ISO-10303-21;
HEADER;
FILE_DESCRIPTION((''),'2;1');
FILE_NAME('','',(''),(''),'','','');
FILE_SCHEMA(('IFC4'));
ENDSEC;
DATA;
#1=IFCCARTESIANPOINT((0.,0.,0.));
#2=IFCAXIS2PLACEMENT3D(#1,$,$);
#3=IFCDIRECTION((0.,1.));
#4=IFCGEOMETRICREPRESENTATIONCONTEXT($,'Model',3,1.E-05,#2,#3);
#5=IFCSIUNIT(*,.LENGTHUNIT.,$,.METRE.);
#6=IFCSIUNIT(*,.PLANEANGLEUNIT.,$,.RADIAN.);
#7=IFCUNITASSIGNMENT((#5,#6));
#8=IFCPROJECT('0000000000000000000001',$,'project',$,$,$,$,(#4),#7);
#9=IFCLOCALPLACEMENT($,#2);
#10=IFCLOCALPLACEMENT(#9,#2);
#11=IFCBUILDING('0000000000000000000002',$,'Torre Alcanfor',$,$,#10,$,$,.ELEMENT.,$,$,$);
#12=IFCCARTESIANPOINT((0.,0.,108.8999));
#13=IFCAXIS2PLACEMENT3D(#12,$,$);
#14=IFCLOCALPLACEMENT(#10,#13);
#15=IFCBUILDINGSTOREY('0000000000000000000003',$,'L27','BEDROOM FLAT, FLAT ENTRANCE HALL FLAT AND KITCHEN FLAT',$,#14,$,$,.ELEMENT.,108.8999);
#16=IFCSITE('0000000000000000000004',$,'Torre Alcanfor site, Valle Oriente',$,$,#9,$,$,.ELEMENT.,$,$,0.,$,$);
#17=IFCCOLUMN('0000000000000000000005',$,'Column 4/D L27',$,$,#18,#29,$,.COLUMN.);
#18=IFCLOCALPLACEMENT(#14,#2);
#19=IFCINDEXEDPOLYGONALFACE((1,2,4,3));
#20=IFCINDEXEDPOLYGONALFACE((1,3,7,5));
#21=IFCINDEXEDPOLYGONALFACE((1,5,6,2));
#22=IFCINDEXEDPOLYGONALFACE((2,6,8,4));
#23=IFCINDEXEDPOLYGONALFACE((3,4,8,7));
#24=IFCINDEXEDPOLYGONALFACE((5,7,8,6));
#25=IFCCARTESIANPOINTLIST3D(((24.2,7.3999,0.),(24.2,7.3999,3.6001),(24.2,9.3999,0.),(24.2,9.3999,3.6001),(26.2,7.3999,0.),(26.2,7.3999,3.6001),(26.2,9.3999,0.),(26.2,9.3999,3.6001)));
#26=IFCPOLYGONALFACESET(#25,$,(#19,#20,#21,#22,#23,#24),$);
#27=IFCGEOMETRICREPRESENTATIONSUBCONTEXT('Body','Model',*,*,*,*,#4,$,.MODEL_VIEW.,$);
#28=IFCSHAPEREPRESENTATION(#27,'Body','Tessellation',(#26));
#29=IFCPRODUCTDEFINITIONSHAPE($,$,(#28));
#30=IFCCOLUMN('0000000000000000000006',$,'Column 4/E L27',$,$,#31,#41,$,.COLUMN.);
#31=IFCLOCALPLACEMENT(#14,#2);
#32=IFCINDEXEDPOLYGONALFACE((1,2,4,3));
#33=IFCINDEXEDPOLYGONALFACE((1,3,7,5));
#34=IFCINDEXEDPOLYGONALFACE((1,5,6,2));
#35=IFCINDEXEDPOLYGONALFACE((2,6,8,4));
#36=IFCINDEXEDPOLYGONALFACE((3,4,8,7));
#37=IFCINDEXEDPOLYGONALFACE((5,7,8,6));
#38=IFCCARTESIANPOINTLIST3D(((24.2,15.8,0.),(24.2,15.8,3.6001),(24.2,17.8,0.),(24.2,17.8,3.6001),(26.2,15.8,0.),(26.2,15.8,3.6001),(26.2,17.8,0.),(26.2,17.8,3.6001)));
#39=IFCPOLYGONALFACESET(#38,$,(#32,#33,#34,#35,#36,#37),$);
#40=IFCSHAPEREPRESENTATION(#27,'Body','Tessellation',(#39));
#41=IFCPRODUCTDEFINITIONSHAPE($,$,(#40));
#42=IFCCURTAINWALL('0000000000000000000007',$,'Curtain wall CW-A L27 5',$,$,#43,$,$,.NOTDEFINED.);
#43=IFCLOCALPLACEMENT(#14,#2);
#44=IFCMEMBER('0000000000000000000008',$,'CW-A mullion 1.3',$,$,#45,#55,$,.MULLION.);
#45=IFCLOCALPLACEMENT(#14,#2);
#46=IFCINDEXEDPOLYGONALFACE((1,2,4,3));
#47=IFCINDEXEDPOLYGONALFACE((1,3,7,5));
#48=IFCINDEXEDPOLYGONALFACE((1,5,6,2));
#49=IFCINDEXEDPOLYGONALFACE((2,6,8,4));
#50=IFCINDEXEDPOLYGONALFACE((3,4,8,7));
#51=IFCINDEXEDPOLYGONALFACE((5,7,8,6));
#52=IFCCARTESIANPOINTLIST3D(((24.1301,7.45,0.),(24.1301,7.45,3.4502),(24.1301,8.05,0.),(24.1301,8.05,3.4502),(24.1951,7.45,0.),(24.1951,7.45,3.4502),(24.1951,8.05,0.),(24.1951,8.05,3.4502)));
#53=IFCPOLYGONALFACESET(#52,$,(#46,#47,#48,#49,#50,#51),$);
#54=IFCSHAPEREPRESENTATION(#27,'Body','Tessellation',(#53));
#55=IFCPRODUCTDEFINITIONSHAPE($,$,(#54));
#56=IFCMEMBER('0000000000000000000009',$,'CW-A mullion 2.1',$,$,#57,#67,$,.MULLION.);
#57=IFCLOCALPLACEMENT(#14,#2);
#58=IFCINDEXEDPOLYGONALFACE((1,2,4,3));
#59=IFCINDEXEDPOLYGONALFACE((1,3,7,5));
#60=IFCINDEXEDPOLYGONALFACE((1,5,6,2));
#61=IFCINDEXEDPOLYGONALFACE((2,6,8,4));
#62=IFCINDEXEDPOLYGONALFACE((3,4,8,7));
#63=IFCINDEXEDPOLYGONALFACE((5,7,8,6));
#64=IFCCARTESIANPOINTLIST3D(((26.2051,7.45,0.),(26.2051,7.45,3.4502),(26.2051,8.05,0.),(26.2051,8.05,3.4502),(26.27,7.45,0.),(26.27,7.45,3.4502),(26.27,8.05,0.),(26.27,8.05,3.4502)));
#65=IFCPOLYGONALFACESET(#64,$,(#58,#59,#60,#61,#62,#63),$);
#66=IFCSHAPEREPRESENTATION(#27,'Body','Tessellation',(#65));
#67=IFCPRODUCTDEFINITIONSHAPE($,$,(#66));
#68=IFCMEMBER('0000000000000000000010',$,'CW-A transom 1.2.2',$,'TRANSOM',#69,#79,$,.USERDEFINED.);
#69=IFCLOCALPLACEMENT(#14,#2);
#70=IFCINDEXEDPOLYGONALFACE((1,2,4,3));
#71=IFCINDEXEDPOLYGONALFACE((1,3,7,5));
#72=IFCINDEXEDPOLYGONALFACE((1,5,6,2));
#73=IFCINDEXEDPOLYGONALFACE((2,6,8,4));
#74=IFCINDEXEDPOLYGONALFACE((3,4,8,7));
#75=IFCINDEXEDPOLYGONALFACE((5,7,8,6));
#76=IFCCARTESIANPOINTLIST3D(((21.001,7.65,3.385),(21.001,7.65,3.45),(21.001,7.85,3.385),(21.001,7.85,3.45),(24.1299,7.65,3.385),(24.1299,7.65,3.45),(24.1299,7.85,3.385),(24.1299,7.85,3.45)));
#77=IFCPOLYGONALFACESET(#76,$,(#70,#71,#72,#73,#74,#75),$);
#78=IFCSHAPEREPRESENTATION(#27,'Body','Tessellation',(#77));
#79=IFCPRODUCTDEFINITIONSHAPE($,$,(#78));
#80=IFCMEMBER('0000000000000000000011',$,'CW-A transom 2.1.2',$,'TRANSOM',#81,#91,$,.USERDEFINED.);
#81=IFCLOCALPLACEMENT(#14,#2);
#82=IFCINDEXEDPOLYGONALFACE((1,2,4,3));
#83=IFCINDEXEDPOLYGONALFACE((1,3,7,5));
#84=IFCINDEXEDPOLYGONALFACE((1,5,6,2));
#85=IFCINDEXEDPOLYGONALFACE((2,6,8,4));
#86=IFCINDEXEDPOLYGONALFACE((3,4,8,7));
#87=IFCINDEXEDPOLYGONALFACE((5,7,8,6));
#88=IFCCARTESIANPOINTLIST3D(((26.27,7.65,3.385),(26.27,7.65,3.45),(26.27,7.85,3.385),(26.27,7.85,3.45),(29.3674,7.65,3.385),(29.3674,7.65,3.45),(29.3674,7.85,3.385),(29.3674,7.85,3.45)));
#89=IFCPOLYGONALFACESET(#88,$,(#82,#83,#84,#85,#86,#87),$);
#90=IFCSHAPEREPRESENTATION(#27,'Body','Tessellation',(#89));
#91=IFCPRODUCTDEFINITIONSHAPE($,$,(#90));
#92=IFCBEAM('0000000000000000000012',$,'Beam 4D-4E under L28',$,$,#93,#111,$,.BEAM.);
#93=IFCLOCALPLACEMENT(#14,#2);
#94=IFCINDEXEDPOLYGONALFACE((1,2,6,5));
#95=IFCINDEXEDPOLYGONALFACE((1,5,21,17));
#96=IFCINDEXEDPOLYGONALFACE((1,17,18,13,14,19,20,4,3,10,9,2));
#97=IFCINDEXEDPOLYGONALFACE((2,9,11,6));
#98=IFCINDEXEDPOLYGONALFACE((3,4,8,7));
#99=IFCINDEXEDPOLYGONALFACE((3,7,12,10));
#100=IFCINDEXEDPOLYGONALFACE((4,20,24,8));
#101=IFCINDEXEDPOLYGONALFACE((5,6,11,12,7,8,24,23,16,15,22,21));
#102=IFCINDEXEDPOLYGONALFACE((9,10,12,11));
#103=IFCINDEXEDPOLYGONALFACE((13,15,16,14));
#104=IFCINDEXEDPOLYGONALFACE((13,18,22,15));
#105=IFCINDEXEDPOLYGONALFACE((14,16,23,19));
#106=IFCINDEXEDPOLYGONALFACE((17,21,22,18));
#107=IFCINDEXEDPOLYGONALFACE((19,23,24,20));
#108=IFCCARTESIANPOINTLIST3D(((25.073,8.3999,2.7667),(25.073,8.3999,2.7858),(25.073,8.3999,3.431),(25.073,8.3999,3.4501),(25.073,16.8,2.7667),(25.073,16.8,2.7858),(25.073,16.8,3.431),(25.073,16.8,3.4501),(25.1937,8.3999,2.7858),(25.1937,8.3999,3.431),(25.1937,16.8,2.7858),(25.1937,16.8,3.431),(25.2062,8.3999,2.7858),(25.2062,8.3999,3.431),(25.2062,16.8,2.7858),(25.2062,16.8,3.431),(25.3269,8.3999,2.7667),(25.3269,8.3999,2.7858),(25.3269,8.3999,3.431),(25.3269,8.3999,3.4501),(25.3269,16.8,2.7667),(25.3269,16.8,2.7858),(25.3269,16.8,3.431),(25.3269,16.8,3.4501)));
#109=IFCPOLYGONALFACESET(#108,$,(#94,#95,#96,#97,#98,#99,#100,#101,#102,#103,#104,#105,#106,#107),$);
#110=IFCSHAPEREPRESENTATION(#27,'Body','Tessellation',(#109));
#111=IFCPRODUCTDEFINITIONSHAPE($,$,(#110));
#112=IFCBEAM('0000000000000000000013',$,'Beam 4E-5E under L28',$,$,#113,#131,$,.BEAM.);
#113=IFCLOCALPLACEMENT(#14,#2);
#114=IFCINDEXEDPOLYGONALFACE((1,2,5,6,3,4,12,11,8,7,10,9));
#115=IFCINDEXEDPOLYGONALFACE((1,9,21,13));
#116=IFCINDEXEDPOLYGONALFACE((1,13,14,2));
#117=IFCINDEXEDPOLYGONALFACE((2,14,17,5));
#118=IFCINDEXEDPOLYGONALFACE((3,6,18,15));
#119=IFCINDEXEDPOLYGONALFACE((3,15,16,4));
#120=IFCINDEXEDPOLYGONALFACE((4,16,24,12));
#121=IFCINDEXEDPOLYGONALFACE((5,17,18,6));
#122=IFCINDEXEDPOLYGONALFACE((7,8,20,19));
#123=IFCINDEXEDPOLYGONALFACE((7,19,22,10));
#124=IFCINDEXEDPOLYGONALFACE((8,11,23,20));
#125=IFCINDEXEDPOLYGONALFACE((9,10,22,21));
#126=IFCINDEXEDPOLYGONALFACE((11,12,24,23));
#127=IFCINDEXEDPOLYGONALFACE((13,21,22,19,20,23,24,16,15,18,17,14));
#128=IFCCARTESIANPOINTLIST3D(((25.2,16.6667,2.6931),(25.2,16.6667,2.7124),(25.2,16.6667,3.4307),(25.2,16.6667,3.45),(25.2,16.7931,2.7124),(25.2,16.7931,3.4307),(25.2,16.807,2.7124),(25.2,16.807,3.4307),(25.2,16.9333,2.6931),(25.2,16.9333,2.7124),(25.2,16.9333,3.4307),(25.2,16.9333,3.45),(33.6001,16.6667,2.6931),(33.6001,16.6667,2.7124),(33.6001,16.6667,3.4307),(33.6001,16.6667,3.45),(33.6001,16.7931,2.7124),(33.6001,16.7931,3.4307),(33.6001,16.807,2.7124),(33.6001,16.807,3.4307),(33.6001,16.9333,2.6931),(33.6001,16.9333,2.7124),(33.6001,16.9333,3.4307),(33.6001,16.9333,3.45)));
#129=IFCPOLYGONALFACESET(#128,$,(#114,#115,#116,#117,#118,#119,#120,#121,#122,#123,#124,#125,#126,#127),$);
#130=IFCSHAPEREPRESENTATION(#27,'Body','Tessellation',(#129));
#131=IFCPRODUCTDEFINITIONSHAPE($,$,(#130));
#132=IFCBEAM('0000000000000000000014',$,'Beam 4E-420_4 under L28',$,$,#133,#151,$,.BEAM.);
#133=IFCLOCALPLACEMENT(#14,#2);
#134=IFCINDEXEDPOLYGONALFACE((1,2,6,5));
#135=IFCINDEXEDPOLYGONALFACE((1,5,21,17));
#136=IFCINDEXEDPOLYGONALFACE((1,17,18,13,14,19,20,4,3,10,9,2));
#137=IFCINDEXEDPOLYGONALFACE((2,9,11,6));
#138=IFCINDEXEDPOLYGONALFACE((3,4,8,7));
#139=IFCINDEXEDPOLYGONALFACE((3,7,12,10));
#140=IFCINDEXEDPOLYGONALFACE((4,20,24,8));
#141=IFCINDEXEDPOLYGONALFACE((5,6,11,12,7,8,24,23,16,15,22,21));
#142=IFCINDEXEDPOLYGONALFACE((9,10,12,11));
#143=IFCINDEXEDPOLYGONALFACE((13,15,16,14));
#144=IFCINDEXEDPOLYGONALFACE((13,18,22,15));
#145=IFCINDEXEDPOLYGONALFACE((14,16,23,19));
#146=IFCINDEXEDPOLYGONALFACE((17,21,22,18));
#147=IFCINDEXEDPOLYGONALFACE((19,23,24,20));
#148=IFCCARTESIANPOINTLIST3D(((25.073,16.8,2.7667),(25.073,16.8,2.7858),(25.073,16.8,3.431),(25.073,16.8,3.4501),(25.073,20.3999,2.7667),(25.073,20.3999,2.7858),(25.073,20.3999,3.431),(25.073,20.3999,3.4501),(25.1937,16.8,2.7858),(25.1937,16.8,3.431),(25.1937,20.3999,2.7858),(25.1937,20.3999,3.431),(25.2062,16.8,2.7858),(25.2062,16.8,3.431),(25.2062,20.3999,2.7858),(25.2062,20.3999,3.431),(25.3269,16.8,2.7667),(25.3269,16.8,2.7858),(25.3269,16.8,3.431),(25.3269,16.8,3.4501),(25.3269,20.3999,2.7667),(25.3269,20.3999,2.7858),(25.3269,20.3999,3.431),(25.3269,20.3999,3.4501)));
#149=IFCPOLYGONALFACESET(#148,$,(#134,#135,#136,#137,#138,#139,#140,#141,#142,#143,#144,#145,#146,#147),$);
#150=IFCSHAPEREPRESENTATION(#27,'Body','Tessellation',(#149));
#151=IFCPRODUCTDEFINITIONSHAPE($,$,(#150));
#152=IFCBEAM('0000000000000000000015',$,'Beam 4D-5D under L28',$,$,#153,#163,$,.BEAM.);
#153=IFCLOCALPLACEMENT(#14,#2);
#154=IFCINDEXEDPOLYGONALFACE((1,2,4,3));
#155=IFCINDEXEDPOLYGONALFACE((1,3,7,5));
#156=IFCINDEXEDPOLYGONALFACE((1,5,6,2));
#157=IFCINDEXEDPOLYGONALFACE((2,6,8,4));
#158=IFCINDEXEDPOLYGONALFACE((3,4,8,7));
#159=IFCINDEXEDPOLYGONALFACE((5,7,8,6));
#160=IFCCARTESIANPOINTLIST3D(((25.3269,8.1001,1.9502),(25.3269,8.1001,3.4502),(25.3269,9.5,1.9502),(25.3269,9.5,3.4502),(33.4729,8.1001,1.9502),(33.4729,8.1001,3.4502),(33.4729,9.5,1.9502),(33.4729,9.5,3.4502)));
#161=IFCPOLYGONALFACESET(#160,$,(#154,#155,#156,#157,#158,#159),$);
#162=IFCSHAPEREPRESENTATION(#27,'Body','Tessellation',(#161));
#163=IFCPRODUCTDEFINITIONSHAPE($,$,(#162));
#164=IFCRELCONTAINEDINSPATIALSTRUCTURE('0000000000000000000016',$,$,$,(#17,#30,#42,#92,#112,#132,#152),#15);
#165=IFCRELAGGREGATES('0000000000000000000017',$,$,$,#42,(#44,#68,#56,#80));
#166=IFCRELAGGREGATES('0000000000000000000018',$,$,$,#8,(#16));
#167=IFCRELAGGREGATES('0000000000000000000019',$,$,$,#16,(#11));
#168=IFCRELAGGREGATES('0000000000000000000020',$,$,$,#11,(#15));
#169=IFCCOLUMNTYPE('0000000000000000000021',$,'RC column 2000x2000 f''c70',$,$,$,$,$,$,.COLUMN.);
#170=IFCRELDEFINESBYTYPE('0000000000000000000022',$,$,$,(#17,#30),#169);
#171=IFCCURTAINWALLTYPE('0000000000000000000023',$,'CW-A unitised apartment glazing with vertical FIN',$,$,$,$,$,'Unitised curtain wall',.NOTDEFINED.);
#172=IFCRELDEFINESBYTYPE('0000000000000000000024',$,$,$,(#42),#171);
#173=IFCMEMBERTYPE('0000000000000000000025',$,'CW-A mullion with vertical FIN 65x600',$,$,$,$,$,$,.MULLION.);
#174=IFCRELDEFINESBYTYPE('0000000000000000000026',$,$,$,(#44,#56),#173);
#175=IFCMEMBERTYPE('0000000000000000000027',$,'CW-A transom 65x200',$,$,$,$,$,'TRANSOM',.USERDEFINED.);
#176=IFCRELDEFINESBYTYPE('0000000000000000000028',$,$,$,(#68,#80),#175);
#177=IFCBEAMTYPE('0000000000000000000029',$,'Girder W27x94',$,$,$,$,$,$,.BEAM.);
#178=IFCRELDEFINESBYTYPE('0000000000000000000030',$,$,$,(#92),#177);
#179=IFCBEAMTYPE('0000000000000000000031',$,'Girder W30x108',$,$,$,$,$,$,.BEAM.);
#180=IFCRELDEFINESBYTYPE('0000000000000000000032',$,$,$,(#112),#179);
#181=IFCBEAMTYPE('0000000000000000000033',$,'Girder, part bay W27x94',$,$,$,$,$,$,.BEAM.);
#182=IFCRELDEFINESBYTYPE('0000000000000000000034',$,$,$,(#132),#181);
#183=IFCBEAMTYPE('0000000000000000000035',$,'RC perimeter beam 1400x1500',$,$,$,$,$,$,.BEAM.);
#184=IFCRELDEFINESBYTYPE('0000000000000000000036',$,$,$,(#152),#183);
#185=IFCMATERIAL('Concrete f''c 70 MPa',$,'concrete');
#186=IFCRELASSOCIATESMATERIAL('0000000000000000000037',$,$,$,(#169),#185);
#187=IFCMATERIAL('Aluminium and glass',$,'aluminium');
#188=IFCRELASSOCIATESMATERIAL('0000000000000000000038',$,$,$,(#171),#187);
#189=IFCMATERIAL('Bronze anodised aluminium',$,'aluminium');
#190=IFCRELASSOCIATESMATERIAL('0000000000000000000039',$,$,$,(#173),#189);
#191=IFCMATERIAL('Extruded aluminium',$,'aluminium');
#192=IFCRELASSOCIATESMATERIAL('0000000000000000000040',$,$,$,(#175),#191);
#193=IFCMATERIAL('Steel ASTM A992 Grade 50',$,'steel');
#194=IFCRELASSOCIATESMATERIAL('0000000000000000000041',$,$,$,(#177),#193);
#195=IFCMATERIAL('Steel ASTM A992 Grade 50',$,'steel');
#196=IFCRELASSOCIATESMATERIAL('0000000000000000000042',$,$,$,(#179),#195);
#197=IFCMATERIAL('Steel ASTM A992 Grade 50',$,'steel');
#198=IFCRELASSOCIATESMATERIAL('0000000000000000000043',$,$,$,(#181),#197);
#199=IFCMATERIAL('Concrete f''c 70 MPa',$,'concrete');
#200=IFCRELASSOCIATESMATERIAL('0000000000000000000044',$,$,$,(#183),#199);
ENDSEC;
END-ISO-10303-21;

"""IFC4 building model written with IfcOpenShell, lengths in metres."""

from ifc_helpers import new_model, si_unit, direction, frame, origin, origin_2d, place, context, subcontext, project, spatial, rectangle, i_section, extrude, material, material_profile, profile_set, type_object, element, aggregate, save


model = new_model("IFC4")

# Units and contexts
model_context = context("Model", 3, precision=1e-05, world=origin(), true_north=direction((0.0, 1.0)))
body_context = subcontext(model_context, "Body", "Model", "MODEL_VIEW")
ifc_project = project(units=[si_unit("LENGTHUNIT", "METRE"), si_unit("PLANEANGLEUNIT", "RADIAN")], contexts=[model_context])

# Site, building, storey
site_placement = place(None, origin())
site = spatial("IfcSite", under=ifc_project, at=site_placement, Name="Torre Alcanfor site, Valle Oriente", CompositionType="ELEMENT", RefElevation=0.0)
building_placement = place(site_placement, origin())
building = spatial("IfcBuilding", under=site, at=building_placement, Name="Torre Alcanfor", CompositionType="ELEMENT")
storey_placement = place(building_placement, frame((0.0, 0.0, 108.8999)))
storey = spatial("IfcBuildingStorey", under=building, at=storey_placement, Name="L27", Description="BEDROOM FLAT, FLAT ENTRANCE HALL FLAT AND KITCHEN FLAT", CompositionType="ELEMENT", Elevation=108.8999)

# Columns
ifc_material_1 = material(Name="Concrete f'c 70 MPa", Category="concrete")
ifc_material_profile_1 = material_profile(ifc_material_1, rectangle(XDim=2.0, YDim=2.0, at=origin_2d()), Name="2000x2000")
ifc_profile_set_1 = profile_set([ifc_material_profile_1], Name="Concrete f'c 70 MPa")
column_type = type_object("IfcColumnType", Name="RC column 2000x2000 f'c70", PredefinedType="COLUMN", material=ifc_profile_set_1)
for number, where, z_axis, x_axis, name in (
    (1, (25.2, 8.3999, 0.0), (0.0, 0.0, 1.0), (1.0, 0.0, 0.0), "Column 4/D L27"),
    (2, (25.2, 16.8, 0.0), (0.0, 0.0, 1.0), (1.0, 0.0, 0.0), "Column 4/E L27"),
):
    element("IfcColumn", number, at=place(storey_placement, frame(where, z_axis=z_axis, x_axis=x_axis)), inside=storey, type_object=column_type, Name=name, PredefinedType="COLUMN", context=body_context, shape_type="SweptSolid", body=[
        extrude(rectangle(XDim=2.0, YDim=2.0, at=origin_2d()), origin(), (0.0, 0.0, 1.0), 3.6001),
    ])

# Curtain wall, members
ifc_material_2 = material(Name="Aluminium and glass", Category="aluminium")
curtain_wall_type = type_object("IfcCurtainWallType", Name="CW-A unitised apartment glazing with vertical FIN", ElementType="Unitised curtain wall", PredefinedType="NOTDEFINED", material=ifc_material_2)
curtain_wall_placement = place(storey_placement, origin())
curtain_wall = element("IfcCurtainWall", 3, at=curtain_wall_placement, inside=storey, type_object=curtain_wall_type, Name="Curtain wall CW-A L27 5", PredefinedType="NOTDEFINED")
ifc_material_3 = material(Name="Bronze anodised aluminium", Category="aluminium")
ifc_material_profile_2 = material_profile(ifc_material_3, rectangle(XDim=0.6001, YDim=0.0649, at=origin_2d()), Name="CW-A mullion 65x600")
ifc_profile_set_2 = profile_set([ifc_material_profile_2], Name="Bronze anodised aluminium")
member_type_1 = type_object("IfcMemberType", Name="CW-A mullion with vertical FIN 65x600", PredefinedType="MULLION", material=ifc_profile_set_2)
member_1_placement = place(storey_placement, frame((24.1626, 7.75, 0.0), z_axis=(0.0, 0.0, 1.0), x_axis=(0.0, 1.0, 0.0)))
member_1 = element("IfcMember", 4, at=member_1_placement, type_object=member_type_1, Name="CW-A mullion 1.3", PredefinedType="MULLION", context=body_context, shape_type="SweptSolid", body=[
    extrude(rectangle(XDim=0.6001, YDim=0.0649, at=origin_2d()), origin(), (0.0, 0.0, 1.0), 3.4502),
])
member_2_placement = place(storey_placement, frame((26.2375, 7.75, 0.0), z_axis=(0.0, 0.0, 1.0), x_axis=(0.0, 1.0, 0.0)))
member_2 = element("IfcMember", 5, at=member_2_placement, type_object=member_type_1, Name="CW-A mullion 2.1", PredefinedType="MULLION", context=body_context, shape_type="SweptSolid", body=[
    extrude(rectangle(XDim=0.6001, YDim=0.0649, at=origin_2d()), origin(), (0.0, 0.0, 1.0), 3.4502),
])
ifc_material_4 = material(Name="Extruded aluminium", Category="aluminium")
ifc_material_profile_3 = material_profile(ifc_material_4, rectangle(XDim=0.2, YDim=0.0649, at=origin_2d()), Name="CW-A transom 200x65")
ifc_profile_set_3 = profile_set([ifc_material_profile_3], Name="Extruded aluminium")
member_type_2 = type_object("IfcMemberType", Name="CW-A transom 65x200", ElementType="TRANSOM", PredefinedType="USERDEFINED", material=ifc_profile_set_3)
member_3_placement = place(storey_placement, frame((21.001, 7.75, 3.4175), z_axis=(1.0, 0.0, 0.0), x_axis=(0.0, 1.0, 0.0)))
member_3 = element("IfcMember", 6, at=member_3_placement, type_object=member_type_2, Name="CW-A transom 1.2.2", ObjectType="TRANSOM", PredefinedType="USERDEFINED", context=body_context, shape_type="SweptSolid", body=[
    extrude(rectangle(XDim=0.2, YDim=0.0649, at=origin_2d()), origin(), (0.0, 0.0, 1.0), 3.1289),
])
member_4_placement = place(storey_placement, frame((26.27, 7.75, 3.4175), z_axis=(1.0, 0.0, 0.0), x_axis=(0.0, 1.0, 0.0)))
member_4 = element("IfcMember", 7, at=member_4_placement, type_object=member_type_2, Name="CW-A transom 2.1.2", ObjectType="TRANSOM", PredefinedType="USERDEFINED", context=body_context, shape_type="SweptSolid", body=[
    extrude(rectangle(XDim=0.2, YDim=0.0649, at=origin_2d()), origin(), (0.0, 0.0, 1.0), 3.0974),
])

# Beams
ifc_material_5 = material(Name="Steel ASTM A992 Grade 50", Category="steel")
ifc_material_profile_4 = material_profile(ifc_material_5, i_section(OverallWidth=0.2539, OverallDepth=0.6833, WebThickness=0.0125, FlangeThickness=0.019, at=origin_2d()), Name="W27x94")
ifc_profile_set_4 = profile_set([ifc_material_profile_4], Name="Steel ASTM A992 Grade 50")
beam_type_1 = type_object("IfcBeamType", Name="Girder W27x94", PredefinedType="BEAM", material=ifc_profile_set_4)
beam_1_placement = place(storey_placement, frame((25.2, 8.3999, 3.1084), z_axis=(0.0, 1.0, 0.0), x_axis=(-1.0, 0.0, 0.0)))
element("IfcBeam", 8, at=beam_1_placement, inside=storey, type_object=beam_type_1, Name="Beam 4D-4E under L28", PredefinedType="BEAM", context=body_context, shape_type="SweptSolid", body=[
    extrude(i_section(OverallWidth=0.2539, OverallDepth=0.6833, WebThickness=0.0125, FlangeThickness=0.019, at=origin_2d()), origin(), (0.0, 0.0, 1.0), 8.4001),
])
ifc_material_6 = material(Name="Steel ASTM A992 Grade 50", Category="steel")
ifc_material_profile_5 = material_profile(ifc_material_6, i_section(OverallWidth=0.2666, OverallDepth=0.7568, WebThickness=0.0139, FlangeThickness=0.0193, at=origin_2d()), Name="W30x108")
ifc_profile_set_5 = profile_set([ifc_material_profile_5], Name="Steel ASTM A992 Grade 50")
beam_type_2 = type_object("IfcBeamType", Name="Girder W30x108", PredefinedType="BEAM", material=ifc_profile_set_5)
beam_2_placement = place(storey_placement, frame((25.2, 16.8, 3.0715), z_axis=(1.0, 0.0, 0.0), x_axis=(0.0, 1.0, 0.0)))
element("IfcBeam", 9, at=beam_2_placement, inside=storey, type_object=beam_type_2, Name="Beam 4E-5E under L28", PredefinedType="BEAM", context=body_context, shape_type="SweptSolid", body=[
    extrude(i_section(OverallWidth=0.2666, OverallDepth=0.7568, WebThickness=0.0139, FlangeThickness=0.0193, at=origin_2d()), origin(), (0.0, 0.0, 1.0), 8.4001),
])
ifc_material_7 = material(Name="Steel ASTM A992 Grade 50", Category="steel")
ifc_material_profile_6 = material_profile(ifc_material_7, i_section(OverallWidth=0.2539, OverallDepth=0.6833, WebThickness=0.0125, FlangeThickness=0.019, at=origin_2d()), Name="W27x94")
ifc_profile_set_6 = profile_set([ifc_material_profile_6], Name="Steel ASTM A992 Grade 50")
beam_type_3 = type_object("IfcBeamType", Name="Girder, part bay W27x94", PredefinedType="BEAM", material=ifc_profile_set_6)
beam_3_placement = place(storey_placement, frame((25.2, 16.8, 3.1084), z_axis=(0.0, 1.0, 0.0), x_axis=(-1.0, 0.0, 0.0)))
element("IfcBeam", 10, at=beam_3_placement, inside=storey, type_object=beam_type_3, Name="Beam 4E-420_4 under L28", PredefinedType="BEAM", context=body_context, shape_type="SweptSolid", body=[
    extrude(i_section(OverallWidth=0.2539, OverallDepth=0.6833, WebThickness=0.0125, FlangeThickness=0.019, at=origin_2d()), origin(), (0.0, 0.0, 1.0), 3.5999),
])
ifc_material_8 = material(Name="Concrete f'c 70 MPa", Category="concrete")
ifc_material_profile_7 = material_profile(ifc_material_8, rectangle(XDim=1.3999, YDim=1.5, at=origin_2d()), Name="1400x1500")
ifc_profile_set_7 = profile_set([ifc_material_profile_7], Name="Concrete f'c 70 MPa")
beam_type_4 = type_object("IfcBeamType", Name="RC perimeter beam 1400x1500", PredefinedType="BEAM", material=ifc_profile_set_7)
beam_4_placement = place(storey_placement, frame((25.3269, 8.8, 2.7002), z_axis=(1.0, 0.0, 0.0), x_axis=(0.0, 1.0, 0.0)))
element("IfcBeam", 11, at=beam_4_placement, inside=storey, type_object=beam_type_4, Name="Beam 4D-5D under L28", PredefinedType="BEAM", context=body_context, shape_type="SweptSolid", body=[
    extrude(rectangle(XDim=1.3999, YDim=1.5, at=origin_2d()), origin(), (0.0, 0.0, 1.0), 8.146),
])

aggregate(curtain_wall, [member_1, member_3, member_2, member_4])

save(model, "model.ifc")
